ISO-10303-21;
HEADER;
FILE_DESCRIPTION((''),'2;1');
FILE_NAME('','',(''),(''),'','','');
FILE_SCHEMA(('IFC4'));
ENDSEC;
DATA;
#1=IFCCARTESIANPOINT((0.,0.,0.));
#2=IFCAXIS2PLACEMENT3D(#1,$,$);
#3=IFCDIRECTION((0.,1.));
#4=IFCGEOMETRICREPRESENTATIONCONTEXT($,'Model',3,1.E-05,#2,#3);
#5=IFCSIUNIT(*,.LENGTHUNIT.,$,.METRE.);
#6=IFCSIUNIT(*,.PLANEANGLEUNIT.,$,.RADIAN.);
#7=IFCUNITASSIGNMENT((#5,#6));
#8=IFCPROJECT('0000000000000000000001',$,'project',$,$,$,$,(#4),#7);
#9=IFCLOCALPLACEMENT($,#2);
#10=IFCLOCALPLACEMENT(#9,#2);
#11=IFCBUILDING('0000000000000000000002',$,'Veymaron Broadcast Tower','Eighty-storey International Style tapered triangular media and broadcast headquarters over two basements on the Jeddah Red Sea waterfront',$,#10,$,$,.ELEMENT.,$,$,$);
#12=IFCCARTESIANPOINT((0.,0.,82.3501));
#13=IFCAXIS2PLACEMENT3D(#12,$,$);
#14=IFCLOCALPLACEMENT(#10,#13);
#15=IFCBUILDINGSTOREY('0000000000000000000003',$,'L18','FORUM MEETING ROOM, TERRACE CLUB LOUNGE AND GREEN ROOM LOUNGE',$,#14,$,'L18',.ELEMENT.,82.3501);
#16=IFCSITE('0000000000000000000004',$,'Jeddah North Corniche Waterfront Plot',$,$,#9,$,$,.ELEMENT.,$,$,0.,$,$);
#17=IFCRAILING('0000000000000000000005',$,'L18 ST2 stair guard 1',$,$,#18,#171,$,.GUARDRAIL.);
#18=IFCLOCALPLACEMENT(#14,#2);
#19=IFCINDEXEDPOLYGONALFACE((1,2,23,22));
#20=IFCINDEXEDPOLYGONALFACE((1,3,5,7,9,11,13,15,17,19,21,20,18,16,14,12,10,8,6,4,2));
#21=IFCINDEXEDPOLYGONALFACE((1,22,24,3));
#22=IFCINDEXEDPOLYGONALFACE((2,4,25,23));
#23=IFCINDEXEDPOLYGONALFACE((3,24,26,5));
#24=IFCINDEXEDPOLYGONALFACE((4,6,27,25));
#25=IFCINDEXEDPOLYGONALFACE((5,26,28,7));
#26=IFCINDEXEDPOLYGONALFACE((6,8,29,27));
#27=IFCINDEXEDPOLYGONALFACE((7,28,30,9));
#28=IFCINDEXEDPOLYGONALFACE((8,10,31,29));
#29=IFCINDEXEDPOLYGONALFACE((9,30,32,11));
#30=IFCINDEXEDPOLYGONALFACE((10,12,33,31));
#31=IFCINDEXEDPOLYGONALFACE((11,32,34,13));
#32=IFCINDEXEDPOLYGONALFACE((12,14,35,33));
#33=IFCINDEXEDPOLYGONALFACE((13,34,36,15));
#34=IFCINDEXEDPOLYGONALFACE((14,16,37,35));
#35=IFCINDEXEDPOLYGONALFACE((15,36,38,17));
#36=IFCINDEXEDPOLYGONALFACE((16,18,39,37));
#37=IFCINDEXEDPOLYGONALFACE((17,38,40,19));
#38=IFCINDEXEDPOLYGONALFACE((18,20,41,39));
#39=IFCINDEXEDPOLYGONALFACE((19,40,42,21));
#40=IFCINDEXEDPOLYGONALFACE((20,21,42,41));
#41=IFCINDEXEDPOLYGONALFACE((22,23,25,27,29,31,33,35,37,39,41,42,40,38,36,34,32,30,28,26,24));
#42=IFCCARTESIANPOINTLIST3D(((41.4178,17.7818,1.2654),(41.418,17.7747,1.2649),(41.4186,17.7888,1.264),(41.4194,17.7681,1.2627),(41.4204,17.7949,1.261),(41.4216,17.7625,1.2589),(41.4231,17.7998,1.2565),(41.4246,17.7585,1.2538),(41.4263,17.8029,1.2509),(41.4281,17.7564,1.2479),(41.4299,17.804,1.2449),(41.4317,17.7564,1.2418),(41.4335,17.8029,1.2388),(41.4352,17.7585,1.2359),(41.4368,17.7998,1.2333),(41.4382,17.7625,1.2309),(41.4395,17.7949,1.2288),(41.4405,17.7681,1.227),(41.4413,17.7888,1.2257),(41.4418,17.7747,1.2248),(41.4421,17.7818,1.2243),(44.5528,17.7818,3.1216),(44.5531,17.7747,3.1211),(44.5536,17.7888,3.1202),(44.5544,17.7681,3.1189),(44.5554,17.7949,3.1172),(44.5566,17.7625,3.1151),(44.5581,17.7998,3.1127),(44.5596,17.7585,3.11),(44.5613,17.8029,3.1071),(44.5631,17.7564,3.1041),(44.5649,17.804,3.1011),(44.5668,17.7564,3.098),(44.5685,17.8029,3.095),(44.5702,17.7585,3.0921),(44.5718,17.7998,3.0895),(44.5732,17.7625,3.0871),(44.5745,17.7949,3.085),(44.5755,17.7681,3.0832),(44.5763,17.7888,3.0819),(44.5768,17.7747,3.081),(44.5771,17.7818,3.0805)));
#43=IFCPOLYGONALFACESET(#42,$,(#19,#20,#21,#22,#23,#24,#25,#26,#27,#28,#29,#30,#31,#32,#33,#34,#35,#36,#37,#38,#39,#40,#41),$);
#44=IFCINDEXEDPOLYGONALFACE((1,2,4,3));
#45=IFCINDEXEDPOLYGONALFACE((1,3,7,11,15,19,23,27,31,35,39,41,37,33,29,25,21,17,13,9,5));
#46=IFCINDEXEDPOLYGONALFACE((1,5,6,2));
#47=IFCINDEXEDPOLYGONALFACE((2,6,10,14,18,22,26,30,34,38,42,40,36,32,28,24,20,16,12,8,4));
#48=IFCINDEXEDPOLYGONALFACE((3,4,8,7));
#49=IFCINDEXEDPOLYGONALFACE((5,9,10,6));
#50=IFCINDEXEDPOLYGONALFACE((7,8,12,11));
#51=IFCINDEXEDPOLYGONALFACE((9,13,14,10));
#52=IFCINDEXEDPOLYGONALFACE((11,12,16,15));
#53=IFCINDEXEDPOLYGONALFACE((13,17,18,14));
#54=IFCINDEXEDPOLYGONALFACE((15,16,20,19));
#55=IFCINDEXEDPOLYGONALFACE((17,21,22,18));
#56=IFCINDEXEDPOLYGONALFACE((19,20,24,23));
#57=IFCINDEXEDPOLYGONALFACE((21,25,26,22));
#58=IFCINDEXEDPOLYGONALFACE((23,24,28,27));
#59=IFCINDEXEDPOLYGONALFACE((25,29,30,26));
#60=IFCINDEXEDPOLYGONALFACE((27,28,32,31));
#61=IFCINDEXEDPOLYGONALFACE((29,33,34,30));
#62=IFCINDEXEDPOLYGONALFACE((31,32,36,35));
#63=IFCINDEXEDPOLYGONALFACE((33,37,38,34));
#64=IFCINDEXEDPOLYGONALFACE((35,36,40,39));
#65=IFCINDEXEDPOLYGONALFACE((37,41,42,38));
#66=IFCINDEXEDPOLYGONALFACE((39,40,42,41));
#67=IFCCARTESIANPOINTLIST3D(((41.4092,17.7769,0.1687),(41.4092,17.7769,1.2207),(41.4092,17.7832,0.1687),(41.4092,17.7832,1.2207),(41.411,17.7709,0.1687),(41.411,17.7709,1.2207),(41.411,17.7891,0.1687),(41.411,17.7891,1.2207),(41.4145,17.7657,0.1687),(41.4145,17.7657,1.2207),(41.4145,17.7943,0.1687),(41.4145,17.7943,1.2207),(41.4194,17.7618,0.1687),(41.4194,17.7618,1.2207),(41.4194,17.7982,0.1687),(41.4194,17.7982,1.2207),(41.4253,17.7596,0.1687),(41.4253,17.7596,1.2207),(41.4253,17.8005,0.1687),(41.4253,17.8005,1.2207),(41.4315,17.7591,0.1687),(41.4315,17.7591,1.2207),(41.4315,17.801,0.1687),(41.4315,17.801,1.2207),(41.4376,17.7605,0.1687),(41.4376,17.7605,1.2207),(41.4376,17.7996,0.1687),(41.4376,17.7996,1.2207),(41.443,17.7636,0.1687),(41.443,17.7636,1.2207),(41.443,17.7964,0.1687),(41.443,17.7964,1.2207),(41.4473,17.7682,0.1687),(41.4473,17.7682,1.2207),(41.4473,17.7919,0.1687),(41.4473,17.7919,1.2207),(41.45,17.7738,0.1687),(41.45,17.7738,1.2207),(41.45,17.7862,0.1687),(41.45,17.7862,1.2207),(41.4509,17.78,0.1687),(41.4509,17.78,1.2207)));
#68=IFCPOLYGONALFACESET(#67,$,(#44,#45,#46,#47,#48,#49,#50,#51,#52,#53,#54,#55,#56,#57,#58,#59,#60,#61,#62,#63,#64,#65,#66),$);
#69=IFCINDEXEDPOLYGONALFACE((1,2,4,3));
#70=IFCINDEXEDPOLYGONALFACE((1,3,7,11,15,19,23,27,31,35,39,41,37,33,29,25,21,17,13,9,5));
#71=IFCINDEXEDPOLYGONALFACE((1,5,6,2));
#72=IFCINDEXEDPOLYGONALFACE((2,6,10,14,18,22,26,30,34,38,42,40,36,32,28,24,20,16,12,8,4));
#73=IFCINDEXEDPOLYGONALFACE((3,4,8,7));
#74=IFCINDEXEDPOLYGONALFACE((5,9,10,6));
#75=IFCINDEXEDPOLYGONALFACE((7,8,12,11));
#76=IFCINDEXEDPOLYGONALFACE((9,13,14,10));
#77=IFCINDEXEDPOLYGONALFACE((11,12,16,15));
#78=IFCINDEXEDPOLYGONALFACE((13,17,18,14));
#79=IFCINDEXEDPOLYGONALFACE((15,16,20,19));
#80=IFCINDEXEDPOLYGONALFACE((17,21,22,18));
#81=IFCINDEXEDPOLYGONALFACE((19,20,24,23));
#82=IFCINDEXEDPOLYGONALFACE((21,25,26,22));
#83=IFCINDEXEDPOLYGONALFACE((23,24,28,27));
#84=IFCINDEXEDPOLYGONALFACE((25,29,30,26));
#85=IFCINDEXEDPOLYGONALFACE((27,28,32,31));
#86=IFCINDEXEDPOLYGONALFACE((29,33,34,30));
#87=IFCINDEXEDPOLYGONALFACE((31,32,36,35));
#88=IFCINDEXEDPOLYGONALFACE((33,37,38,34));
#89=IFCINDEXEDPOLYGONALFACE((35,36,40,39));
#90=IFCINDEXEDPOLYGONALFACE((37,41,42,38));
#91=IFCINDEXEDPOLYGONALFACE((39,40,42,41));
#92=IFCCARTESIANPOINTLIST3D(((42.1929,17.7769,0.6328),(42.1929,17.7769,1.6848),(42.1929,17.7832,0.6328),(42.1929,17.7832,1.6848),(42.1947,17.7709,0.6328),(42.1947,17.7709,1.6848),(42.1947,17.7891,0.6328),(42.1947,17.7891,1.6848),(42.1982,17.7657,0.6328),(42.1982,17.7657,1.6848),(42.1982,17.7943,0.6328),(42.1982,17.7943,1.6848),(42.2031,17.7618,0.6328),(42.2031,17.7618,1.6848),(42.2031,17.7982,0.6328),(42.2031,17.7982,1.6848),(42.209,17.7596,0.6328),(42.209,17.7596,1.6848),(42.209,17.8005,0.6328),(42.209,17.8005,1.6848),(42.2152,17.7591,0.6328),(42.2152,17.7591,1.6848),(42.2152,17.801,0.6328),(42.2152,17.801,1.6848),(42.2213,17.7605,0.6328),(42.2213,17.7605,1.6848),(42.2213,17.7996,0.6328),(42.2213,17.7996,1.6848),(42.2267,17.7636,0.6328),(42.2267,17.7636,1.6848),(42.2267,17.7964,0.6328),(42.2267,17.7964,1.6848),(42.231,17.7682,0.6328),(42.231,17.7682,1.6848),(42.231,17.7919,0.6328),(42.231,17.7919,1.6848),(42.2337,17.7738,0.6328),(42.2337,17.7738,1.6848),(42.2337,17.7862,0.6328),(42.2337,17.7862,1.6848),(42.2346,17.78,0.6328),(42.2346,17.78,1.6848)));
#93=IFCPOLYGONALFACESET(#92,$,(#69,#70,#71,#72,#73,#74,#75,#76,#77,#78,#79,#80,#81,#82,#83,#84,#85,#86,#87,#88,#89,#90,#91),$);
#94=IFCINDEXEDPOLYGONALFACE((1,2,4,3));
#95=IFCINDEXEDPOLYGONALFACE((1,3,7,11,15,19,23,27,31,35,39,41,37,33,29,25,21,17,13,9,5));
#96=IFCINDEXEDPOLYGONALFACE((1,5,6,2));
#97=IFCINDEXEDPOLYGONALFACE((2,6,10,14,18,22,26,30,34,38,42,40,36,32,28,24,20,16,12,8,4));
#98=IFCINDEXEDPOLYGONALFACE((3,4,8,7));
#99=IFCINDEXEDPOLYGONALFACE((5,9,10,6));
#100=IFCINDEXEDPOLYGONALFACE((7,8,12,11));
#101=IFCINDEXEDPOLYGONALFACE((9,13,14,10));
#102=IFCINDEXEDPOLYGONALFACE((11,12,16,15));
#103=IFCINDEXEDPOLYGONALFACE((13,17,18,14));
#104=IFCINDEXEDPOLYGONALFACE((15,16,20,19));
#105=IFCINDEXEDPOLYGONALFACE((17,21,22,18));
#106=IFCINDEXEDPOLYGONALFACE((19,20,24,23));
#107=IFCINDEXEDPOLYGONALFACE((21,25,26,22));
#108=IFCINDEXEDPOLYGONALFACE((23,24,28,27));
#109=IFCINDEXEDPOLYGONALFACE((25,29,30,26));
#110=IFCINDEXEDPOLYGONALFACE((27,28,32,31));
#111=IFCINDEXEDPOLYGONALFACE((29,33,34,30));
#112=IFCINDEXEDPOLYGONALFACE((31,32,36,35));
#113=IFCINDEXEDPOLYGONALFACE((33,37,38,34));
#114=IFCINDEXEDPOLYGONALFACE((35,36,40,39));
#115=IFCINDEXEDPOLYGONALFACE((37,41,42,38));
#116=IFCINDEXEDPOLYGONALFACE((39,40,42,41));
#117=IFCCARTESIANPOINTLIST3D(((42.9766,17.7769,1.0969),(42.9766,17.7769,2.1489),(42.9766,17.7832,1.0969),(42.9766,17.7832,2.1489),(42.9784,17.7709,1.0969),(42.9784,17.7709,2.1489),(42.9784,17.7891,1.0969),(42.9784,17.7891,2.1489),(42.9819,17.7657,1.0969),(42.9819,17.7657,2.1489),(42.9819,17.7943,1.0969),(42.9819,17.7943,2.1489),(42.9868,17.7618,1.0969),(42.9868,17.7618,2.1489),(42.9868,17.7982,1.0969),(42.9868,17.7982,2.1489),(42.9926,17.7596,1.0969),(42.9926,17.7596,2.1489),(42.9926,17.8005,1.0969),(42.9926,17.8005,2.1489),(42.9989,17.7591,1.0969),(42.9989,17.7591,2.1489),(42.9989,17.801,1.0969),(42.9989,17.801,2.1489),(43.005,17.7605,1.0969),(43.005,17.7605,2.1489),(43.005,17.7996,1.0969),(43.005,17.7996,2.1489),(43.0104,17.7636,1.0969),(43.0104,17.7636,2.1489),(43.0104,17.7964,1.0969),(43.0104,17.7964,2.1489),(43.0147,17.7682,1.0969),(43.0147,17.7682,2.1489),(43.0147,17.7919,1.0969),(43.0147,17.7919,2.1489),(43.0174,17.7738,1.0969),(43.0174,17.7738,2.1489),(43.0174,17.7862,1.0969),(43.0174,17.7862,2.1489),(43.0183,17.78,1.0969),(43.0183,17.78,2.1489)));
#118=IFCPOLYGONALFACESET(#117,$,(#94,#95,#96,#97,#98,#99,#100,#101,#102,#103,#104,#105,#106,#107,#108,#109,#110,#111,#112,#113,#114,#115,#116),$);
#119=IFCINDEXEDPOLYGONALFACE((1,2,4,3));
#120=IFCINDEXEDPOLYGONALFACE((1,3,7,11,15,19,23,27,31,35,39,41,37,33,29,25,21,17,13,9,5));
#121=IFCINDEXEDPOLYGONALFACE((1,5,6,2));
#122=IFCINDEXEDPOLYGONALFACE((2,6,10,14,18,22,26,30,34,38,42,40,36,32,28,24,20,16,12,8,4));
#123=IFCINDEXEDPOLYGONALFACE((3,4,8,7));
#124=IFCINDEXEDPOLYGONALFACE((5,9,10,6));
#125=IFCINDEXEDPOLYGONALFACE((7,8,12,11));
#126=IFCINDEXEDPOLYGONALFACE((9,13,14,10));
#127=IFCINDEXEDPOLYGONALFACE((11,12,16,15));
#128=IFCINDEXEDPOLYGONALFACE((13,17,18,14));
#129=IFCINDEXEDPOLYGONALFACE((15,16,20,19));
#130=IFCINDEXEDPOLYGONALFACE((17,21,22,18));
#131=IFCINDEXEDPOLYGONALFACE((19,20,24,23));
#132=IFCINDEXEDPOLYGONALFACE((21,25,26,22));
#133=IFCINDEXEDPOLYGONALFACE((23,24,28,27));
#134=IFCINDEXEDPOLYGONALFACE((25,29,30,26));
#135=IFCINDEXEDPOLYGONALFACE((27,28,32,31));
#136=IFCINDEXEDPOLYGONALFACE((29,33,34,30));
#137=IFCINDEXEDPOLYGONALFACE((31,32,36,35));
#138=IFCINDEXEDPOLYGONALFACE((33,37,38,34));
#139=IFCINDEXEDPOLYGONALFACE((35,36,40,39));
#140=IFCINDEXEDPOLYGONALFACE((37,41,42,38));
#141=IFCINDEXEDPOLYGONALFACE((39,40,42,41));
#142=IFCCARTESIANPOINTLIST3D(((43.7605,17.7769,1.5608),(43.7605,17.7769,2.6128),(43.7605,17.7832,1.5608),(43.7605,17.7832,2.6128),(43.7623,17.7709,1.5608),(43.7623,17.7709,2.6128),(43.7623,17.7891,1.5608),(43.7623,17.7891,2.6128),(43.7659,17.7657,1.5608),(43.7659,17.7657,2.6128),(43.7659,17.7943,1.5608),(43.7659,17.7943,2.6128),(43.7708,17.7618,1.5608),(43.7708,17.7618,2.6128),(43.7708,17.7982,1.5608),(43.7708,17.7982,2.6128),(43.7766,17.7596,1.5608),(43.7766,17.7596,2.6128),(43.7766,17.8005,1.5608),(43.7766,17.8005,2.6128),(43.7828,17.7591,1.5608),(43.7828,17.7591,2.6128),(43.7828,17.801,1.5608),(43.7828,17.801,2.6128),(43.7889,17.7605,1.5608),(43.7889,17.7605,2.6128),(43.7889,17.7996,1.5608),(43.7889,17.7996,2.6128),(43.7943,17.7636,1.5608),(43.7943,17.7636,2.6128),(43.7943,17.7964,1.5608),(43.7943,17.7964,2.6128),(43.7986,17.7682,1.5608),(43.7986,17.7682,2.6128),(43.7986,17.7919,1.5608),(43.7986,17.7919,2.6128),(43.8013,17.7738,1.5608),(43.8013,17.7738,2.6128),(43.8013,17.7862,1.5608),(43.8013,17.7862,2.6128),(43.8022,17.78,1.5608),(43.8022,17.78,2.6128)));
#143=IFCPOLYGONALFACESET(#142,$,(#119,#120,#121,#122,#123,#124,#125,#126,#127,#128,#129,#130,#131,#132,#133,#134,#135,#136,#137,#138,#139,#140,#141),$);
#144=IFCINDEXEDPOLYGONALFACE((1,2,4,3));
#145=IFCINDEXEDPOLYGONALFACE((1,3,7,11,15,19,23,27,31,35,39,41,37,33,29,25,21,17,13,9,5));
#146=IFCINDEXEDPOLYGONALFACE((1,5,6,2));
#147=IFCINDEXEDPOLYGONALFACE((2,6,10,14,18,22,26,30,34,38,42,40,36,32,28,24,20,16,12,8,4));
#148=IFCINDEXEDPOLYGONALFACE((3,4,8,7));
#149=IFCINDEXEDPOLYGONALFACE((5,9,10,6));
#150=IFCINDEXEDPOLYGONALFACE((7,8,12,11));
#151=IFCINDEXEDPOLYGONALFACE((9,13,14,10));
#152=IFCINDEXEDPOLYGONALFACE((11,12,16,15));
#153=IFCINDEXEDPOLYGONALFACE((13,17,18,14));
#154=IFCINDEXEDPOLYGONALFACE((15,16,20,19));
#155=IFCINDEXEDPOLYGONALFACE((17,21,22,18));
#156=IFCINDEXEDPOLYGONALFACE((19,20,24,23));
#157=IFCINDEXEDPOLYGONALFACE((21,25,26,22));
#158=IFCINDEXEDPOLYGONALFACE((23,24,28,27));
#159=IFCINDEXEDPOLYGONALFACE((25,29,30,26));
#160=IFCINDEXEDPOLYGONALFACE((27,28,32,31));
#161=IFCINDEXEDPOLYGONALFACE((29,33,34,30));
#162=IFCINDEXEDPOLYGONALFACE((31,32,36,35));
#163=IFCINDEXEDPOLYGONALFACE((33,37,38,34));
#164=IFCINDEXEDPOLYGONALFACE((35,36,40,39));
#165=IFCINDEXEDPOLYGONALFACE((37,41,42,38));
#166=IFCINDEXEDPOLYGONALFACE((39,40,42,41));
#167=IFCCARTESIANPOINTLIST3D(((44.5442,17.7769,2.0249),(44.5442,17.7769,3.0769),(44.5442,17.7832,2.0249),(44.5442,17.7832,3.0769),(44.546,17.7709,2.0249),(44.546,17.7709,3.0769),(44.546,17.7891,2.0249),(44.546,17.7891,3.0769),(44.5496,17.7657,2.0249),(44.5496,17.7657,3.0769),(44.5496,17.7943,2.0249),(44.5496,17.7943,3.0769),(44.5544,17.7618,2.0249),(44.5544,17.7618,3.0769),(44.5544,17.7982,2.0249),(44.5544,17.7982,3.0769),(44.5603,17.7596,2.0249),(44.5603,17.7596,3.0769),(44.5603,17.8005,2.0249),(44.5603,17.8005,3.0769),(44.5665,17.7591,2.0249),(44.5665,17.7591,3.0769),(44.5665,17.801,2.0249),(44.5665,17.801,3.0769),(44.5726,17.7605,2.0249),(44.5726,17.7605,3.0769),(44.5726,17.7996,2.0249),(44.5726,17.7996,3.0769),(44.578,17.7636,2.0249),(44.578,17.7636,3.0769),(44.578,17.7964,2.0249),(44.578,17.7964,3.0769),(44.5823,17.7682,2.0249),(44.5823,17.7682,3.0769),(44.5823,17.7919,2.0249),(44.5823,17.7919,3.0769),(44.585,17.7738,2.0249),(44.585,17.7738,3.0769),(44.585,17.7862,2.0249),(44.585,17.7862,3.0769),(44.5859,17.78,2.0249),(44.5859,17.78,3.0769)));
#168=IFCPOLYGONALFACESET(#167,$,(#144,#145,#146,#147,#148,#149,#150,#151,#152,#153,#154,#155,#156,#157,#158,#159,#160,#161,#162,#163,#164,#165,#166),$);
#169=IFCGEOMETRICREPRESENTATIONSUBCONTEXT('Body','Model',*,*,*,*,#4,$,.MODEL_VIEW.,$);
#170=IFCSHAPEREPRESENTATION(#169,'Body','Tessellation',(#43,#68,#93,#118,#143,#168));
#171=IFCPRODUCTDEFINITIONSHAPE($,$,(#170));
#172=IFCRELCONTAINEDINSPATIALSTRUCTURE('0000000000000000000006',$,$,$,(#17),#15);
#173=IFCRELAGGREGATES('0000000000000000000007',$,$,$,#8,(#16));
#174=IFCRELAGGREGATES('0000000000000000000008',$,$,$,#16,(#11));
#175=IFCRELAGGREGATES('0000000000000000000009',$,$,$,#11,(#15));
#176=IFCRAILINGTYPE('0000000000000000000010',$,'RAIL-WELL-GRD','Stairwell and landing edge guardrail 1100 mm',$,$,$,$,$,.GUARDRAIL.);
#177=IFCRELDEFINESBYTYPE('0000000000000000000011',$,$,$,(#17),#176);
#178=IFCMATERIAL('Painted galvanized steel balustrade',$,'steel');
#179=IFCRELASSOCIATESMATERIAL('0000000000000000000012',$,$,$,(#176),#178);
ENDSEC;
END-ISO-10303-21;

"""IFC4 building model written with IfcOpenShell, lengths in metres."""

from ifc_helpers import new_model, si_unit, direction, frame, origin, origin_2d, place, context, subcontext, project, spatial, circle, extrude, material, type_object, element, save


model = new_model("IFC4")

# Units and contexts
model_context = context("Model", 3, precision=1e-05, world=origin(), true_north=direction((0.0, 1.0)))
body_context = subcontext(model_context, "Body", "Model", "MODEL_VIEW")
ifc_project = project(units=[si_unit("LENGTHUNIT", "METRE"), si_unit("PLANEANGLEUNIT", "RADIAN")], contexts=[model_context])

# Site, building, storey
site_placement = place(None, origin())
site = spatial("IfcSite", under=ifc_project, at=site_placement, Name="Jeddah North Corniche Waterfront Plot", CompositionType="ELEMENT", RefElevation=0.0)
building_placement = place(site_placement, origin())
building = spatial("IfcBuilding", under=site, at=building_placement, Name="Veymaron Broadcast Tower", Description="Eighty-storey International Style tapered triangular media and broadcast headquarters over two basements on the Jeddah Red Sea waterfront", CompositionType="ELEMENT")
storey_placement = place(building_placement, frame((0.0, 0.0, 82.3501)))
storey = spatial("IfcBuildingStorey", under=building, at=storey_placement, Name="L18", Description="FORUM MEETING ROOM, TERRACE CLUB LOUNGE AND GREEN ROOM LOUNGE", LongName="L18", CompositionType="ELEMENT", Elevation=82.3501)

# Railing
ifc_material_1 = material(Name="Painted galvanized steel balustrade", Category="steel")
railing_type_1 = type_object("IfcRailingType", Name="RAIL-WELL-GRD", Description="Stairwell and landing edge guardrail 1100 mm", PredefinedType="GUARDRAIL", material=ifc_material_1)
railing_1_placement = place(storey_placement, frame((41.4299, 17.78, 0.1687)))
element("IfcRailing", 1, at=railing_1_placement, inside=storey, type_object=railing_type_1, Name="L18 ST2 stair guard 1", PredefinedType="GUARDRAIL", context=body_context, shape_type="SweptSolid", body=[
    extrude(circle(Radius=0.0239, at=origin_2d()), frame((0.0, 0.0, 1.0762), z_axis=(0.860482, 0.0, 0.509481), x_axis=(0.0, 1.0, 0.0)), (0.0, 0.0, 1.0), 3.6433),
    extrude(circle(Radius=0.021, at=origin_2d()), origin(), (0.0, 0.0, 1.0), 1.052),
    extrude(circle(Radius=0.021, at=origin_2d()), frame((0.7837, 0.0, 0.4641)), (0.0, 0.0, 1.0), 1.052),
    extrude(circle(Radius=0.021, at=origin_2d()), frame((1.5674, 0.0, 0.9282)), (0.0, 0.0, 1.0), 1.052),
    extrude(circle(Radius=0.021, at=origin_2d()), frame((2.3513, 0.0, 1.3921)), (0.0, 0.0, 1.0), 1.052),
    extrude(circle(Radius=0.021, at=origin_2d()), frame((3.135, 0.0, 1.8562)), (0.0, 0.0, 1.0), 1.052),
])

save(model, "model.ifc")
